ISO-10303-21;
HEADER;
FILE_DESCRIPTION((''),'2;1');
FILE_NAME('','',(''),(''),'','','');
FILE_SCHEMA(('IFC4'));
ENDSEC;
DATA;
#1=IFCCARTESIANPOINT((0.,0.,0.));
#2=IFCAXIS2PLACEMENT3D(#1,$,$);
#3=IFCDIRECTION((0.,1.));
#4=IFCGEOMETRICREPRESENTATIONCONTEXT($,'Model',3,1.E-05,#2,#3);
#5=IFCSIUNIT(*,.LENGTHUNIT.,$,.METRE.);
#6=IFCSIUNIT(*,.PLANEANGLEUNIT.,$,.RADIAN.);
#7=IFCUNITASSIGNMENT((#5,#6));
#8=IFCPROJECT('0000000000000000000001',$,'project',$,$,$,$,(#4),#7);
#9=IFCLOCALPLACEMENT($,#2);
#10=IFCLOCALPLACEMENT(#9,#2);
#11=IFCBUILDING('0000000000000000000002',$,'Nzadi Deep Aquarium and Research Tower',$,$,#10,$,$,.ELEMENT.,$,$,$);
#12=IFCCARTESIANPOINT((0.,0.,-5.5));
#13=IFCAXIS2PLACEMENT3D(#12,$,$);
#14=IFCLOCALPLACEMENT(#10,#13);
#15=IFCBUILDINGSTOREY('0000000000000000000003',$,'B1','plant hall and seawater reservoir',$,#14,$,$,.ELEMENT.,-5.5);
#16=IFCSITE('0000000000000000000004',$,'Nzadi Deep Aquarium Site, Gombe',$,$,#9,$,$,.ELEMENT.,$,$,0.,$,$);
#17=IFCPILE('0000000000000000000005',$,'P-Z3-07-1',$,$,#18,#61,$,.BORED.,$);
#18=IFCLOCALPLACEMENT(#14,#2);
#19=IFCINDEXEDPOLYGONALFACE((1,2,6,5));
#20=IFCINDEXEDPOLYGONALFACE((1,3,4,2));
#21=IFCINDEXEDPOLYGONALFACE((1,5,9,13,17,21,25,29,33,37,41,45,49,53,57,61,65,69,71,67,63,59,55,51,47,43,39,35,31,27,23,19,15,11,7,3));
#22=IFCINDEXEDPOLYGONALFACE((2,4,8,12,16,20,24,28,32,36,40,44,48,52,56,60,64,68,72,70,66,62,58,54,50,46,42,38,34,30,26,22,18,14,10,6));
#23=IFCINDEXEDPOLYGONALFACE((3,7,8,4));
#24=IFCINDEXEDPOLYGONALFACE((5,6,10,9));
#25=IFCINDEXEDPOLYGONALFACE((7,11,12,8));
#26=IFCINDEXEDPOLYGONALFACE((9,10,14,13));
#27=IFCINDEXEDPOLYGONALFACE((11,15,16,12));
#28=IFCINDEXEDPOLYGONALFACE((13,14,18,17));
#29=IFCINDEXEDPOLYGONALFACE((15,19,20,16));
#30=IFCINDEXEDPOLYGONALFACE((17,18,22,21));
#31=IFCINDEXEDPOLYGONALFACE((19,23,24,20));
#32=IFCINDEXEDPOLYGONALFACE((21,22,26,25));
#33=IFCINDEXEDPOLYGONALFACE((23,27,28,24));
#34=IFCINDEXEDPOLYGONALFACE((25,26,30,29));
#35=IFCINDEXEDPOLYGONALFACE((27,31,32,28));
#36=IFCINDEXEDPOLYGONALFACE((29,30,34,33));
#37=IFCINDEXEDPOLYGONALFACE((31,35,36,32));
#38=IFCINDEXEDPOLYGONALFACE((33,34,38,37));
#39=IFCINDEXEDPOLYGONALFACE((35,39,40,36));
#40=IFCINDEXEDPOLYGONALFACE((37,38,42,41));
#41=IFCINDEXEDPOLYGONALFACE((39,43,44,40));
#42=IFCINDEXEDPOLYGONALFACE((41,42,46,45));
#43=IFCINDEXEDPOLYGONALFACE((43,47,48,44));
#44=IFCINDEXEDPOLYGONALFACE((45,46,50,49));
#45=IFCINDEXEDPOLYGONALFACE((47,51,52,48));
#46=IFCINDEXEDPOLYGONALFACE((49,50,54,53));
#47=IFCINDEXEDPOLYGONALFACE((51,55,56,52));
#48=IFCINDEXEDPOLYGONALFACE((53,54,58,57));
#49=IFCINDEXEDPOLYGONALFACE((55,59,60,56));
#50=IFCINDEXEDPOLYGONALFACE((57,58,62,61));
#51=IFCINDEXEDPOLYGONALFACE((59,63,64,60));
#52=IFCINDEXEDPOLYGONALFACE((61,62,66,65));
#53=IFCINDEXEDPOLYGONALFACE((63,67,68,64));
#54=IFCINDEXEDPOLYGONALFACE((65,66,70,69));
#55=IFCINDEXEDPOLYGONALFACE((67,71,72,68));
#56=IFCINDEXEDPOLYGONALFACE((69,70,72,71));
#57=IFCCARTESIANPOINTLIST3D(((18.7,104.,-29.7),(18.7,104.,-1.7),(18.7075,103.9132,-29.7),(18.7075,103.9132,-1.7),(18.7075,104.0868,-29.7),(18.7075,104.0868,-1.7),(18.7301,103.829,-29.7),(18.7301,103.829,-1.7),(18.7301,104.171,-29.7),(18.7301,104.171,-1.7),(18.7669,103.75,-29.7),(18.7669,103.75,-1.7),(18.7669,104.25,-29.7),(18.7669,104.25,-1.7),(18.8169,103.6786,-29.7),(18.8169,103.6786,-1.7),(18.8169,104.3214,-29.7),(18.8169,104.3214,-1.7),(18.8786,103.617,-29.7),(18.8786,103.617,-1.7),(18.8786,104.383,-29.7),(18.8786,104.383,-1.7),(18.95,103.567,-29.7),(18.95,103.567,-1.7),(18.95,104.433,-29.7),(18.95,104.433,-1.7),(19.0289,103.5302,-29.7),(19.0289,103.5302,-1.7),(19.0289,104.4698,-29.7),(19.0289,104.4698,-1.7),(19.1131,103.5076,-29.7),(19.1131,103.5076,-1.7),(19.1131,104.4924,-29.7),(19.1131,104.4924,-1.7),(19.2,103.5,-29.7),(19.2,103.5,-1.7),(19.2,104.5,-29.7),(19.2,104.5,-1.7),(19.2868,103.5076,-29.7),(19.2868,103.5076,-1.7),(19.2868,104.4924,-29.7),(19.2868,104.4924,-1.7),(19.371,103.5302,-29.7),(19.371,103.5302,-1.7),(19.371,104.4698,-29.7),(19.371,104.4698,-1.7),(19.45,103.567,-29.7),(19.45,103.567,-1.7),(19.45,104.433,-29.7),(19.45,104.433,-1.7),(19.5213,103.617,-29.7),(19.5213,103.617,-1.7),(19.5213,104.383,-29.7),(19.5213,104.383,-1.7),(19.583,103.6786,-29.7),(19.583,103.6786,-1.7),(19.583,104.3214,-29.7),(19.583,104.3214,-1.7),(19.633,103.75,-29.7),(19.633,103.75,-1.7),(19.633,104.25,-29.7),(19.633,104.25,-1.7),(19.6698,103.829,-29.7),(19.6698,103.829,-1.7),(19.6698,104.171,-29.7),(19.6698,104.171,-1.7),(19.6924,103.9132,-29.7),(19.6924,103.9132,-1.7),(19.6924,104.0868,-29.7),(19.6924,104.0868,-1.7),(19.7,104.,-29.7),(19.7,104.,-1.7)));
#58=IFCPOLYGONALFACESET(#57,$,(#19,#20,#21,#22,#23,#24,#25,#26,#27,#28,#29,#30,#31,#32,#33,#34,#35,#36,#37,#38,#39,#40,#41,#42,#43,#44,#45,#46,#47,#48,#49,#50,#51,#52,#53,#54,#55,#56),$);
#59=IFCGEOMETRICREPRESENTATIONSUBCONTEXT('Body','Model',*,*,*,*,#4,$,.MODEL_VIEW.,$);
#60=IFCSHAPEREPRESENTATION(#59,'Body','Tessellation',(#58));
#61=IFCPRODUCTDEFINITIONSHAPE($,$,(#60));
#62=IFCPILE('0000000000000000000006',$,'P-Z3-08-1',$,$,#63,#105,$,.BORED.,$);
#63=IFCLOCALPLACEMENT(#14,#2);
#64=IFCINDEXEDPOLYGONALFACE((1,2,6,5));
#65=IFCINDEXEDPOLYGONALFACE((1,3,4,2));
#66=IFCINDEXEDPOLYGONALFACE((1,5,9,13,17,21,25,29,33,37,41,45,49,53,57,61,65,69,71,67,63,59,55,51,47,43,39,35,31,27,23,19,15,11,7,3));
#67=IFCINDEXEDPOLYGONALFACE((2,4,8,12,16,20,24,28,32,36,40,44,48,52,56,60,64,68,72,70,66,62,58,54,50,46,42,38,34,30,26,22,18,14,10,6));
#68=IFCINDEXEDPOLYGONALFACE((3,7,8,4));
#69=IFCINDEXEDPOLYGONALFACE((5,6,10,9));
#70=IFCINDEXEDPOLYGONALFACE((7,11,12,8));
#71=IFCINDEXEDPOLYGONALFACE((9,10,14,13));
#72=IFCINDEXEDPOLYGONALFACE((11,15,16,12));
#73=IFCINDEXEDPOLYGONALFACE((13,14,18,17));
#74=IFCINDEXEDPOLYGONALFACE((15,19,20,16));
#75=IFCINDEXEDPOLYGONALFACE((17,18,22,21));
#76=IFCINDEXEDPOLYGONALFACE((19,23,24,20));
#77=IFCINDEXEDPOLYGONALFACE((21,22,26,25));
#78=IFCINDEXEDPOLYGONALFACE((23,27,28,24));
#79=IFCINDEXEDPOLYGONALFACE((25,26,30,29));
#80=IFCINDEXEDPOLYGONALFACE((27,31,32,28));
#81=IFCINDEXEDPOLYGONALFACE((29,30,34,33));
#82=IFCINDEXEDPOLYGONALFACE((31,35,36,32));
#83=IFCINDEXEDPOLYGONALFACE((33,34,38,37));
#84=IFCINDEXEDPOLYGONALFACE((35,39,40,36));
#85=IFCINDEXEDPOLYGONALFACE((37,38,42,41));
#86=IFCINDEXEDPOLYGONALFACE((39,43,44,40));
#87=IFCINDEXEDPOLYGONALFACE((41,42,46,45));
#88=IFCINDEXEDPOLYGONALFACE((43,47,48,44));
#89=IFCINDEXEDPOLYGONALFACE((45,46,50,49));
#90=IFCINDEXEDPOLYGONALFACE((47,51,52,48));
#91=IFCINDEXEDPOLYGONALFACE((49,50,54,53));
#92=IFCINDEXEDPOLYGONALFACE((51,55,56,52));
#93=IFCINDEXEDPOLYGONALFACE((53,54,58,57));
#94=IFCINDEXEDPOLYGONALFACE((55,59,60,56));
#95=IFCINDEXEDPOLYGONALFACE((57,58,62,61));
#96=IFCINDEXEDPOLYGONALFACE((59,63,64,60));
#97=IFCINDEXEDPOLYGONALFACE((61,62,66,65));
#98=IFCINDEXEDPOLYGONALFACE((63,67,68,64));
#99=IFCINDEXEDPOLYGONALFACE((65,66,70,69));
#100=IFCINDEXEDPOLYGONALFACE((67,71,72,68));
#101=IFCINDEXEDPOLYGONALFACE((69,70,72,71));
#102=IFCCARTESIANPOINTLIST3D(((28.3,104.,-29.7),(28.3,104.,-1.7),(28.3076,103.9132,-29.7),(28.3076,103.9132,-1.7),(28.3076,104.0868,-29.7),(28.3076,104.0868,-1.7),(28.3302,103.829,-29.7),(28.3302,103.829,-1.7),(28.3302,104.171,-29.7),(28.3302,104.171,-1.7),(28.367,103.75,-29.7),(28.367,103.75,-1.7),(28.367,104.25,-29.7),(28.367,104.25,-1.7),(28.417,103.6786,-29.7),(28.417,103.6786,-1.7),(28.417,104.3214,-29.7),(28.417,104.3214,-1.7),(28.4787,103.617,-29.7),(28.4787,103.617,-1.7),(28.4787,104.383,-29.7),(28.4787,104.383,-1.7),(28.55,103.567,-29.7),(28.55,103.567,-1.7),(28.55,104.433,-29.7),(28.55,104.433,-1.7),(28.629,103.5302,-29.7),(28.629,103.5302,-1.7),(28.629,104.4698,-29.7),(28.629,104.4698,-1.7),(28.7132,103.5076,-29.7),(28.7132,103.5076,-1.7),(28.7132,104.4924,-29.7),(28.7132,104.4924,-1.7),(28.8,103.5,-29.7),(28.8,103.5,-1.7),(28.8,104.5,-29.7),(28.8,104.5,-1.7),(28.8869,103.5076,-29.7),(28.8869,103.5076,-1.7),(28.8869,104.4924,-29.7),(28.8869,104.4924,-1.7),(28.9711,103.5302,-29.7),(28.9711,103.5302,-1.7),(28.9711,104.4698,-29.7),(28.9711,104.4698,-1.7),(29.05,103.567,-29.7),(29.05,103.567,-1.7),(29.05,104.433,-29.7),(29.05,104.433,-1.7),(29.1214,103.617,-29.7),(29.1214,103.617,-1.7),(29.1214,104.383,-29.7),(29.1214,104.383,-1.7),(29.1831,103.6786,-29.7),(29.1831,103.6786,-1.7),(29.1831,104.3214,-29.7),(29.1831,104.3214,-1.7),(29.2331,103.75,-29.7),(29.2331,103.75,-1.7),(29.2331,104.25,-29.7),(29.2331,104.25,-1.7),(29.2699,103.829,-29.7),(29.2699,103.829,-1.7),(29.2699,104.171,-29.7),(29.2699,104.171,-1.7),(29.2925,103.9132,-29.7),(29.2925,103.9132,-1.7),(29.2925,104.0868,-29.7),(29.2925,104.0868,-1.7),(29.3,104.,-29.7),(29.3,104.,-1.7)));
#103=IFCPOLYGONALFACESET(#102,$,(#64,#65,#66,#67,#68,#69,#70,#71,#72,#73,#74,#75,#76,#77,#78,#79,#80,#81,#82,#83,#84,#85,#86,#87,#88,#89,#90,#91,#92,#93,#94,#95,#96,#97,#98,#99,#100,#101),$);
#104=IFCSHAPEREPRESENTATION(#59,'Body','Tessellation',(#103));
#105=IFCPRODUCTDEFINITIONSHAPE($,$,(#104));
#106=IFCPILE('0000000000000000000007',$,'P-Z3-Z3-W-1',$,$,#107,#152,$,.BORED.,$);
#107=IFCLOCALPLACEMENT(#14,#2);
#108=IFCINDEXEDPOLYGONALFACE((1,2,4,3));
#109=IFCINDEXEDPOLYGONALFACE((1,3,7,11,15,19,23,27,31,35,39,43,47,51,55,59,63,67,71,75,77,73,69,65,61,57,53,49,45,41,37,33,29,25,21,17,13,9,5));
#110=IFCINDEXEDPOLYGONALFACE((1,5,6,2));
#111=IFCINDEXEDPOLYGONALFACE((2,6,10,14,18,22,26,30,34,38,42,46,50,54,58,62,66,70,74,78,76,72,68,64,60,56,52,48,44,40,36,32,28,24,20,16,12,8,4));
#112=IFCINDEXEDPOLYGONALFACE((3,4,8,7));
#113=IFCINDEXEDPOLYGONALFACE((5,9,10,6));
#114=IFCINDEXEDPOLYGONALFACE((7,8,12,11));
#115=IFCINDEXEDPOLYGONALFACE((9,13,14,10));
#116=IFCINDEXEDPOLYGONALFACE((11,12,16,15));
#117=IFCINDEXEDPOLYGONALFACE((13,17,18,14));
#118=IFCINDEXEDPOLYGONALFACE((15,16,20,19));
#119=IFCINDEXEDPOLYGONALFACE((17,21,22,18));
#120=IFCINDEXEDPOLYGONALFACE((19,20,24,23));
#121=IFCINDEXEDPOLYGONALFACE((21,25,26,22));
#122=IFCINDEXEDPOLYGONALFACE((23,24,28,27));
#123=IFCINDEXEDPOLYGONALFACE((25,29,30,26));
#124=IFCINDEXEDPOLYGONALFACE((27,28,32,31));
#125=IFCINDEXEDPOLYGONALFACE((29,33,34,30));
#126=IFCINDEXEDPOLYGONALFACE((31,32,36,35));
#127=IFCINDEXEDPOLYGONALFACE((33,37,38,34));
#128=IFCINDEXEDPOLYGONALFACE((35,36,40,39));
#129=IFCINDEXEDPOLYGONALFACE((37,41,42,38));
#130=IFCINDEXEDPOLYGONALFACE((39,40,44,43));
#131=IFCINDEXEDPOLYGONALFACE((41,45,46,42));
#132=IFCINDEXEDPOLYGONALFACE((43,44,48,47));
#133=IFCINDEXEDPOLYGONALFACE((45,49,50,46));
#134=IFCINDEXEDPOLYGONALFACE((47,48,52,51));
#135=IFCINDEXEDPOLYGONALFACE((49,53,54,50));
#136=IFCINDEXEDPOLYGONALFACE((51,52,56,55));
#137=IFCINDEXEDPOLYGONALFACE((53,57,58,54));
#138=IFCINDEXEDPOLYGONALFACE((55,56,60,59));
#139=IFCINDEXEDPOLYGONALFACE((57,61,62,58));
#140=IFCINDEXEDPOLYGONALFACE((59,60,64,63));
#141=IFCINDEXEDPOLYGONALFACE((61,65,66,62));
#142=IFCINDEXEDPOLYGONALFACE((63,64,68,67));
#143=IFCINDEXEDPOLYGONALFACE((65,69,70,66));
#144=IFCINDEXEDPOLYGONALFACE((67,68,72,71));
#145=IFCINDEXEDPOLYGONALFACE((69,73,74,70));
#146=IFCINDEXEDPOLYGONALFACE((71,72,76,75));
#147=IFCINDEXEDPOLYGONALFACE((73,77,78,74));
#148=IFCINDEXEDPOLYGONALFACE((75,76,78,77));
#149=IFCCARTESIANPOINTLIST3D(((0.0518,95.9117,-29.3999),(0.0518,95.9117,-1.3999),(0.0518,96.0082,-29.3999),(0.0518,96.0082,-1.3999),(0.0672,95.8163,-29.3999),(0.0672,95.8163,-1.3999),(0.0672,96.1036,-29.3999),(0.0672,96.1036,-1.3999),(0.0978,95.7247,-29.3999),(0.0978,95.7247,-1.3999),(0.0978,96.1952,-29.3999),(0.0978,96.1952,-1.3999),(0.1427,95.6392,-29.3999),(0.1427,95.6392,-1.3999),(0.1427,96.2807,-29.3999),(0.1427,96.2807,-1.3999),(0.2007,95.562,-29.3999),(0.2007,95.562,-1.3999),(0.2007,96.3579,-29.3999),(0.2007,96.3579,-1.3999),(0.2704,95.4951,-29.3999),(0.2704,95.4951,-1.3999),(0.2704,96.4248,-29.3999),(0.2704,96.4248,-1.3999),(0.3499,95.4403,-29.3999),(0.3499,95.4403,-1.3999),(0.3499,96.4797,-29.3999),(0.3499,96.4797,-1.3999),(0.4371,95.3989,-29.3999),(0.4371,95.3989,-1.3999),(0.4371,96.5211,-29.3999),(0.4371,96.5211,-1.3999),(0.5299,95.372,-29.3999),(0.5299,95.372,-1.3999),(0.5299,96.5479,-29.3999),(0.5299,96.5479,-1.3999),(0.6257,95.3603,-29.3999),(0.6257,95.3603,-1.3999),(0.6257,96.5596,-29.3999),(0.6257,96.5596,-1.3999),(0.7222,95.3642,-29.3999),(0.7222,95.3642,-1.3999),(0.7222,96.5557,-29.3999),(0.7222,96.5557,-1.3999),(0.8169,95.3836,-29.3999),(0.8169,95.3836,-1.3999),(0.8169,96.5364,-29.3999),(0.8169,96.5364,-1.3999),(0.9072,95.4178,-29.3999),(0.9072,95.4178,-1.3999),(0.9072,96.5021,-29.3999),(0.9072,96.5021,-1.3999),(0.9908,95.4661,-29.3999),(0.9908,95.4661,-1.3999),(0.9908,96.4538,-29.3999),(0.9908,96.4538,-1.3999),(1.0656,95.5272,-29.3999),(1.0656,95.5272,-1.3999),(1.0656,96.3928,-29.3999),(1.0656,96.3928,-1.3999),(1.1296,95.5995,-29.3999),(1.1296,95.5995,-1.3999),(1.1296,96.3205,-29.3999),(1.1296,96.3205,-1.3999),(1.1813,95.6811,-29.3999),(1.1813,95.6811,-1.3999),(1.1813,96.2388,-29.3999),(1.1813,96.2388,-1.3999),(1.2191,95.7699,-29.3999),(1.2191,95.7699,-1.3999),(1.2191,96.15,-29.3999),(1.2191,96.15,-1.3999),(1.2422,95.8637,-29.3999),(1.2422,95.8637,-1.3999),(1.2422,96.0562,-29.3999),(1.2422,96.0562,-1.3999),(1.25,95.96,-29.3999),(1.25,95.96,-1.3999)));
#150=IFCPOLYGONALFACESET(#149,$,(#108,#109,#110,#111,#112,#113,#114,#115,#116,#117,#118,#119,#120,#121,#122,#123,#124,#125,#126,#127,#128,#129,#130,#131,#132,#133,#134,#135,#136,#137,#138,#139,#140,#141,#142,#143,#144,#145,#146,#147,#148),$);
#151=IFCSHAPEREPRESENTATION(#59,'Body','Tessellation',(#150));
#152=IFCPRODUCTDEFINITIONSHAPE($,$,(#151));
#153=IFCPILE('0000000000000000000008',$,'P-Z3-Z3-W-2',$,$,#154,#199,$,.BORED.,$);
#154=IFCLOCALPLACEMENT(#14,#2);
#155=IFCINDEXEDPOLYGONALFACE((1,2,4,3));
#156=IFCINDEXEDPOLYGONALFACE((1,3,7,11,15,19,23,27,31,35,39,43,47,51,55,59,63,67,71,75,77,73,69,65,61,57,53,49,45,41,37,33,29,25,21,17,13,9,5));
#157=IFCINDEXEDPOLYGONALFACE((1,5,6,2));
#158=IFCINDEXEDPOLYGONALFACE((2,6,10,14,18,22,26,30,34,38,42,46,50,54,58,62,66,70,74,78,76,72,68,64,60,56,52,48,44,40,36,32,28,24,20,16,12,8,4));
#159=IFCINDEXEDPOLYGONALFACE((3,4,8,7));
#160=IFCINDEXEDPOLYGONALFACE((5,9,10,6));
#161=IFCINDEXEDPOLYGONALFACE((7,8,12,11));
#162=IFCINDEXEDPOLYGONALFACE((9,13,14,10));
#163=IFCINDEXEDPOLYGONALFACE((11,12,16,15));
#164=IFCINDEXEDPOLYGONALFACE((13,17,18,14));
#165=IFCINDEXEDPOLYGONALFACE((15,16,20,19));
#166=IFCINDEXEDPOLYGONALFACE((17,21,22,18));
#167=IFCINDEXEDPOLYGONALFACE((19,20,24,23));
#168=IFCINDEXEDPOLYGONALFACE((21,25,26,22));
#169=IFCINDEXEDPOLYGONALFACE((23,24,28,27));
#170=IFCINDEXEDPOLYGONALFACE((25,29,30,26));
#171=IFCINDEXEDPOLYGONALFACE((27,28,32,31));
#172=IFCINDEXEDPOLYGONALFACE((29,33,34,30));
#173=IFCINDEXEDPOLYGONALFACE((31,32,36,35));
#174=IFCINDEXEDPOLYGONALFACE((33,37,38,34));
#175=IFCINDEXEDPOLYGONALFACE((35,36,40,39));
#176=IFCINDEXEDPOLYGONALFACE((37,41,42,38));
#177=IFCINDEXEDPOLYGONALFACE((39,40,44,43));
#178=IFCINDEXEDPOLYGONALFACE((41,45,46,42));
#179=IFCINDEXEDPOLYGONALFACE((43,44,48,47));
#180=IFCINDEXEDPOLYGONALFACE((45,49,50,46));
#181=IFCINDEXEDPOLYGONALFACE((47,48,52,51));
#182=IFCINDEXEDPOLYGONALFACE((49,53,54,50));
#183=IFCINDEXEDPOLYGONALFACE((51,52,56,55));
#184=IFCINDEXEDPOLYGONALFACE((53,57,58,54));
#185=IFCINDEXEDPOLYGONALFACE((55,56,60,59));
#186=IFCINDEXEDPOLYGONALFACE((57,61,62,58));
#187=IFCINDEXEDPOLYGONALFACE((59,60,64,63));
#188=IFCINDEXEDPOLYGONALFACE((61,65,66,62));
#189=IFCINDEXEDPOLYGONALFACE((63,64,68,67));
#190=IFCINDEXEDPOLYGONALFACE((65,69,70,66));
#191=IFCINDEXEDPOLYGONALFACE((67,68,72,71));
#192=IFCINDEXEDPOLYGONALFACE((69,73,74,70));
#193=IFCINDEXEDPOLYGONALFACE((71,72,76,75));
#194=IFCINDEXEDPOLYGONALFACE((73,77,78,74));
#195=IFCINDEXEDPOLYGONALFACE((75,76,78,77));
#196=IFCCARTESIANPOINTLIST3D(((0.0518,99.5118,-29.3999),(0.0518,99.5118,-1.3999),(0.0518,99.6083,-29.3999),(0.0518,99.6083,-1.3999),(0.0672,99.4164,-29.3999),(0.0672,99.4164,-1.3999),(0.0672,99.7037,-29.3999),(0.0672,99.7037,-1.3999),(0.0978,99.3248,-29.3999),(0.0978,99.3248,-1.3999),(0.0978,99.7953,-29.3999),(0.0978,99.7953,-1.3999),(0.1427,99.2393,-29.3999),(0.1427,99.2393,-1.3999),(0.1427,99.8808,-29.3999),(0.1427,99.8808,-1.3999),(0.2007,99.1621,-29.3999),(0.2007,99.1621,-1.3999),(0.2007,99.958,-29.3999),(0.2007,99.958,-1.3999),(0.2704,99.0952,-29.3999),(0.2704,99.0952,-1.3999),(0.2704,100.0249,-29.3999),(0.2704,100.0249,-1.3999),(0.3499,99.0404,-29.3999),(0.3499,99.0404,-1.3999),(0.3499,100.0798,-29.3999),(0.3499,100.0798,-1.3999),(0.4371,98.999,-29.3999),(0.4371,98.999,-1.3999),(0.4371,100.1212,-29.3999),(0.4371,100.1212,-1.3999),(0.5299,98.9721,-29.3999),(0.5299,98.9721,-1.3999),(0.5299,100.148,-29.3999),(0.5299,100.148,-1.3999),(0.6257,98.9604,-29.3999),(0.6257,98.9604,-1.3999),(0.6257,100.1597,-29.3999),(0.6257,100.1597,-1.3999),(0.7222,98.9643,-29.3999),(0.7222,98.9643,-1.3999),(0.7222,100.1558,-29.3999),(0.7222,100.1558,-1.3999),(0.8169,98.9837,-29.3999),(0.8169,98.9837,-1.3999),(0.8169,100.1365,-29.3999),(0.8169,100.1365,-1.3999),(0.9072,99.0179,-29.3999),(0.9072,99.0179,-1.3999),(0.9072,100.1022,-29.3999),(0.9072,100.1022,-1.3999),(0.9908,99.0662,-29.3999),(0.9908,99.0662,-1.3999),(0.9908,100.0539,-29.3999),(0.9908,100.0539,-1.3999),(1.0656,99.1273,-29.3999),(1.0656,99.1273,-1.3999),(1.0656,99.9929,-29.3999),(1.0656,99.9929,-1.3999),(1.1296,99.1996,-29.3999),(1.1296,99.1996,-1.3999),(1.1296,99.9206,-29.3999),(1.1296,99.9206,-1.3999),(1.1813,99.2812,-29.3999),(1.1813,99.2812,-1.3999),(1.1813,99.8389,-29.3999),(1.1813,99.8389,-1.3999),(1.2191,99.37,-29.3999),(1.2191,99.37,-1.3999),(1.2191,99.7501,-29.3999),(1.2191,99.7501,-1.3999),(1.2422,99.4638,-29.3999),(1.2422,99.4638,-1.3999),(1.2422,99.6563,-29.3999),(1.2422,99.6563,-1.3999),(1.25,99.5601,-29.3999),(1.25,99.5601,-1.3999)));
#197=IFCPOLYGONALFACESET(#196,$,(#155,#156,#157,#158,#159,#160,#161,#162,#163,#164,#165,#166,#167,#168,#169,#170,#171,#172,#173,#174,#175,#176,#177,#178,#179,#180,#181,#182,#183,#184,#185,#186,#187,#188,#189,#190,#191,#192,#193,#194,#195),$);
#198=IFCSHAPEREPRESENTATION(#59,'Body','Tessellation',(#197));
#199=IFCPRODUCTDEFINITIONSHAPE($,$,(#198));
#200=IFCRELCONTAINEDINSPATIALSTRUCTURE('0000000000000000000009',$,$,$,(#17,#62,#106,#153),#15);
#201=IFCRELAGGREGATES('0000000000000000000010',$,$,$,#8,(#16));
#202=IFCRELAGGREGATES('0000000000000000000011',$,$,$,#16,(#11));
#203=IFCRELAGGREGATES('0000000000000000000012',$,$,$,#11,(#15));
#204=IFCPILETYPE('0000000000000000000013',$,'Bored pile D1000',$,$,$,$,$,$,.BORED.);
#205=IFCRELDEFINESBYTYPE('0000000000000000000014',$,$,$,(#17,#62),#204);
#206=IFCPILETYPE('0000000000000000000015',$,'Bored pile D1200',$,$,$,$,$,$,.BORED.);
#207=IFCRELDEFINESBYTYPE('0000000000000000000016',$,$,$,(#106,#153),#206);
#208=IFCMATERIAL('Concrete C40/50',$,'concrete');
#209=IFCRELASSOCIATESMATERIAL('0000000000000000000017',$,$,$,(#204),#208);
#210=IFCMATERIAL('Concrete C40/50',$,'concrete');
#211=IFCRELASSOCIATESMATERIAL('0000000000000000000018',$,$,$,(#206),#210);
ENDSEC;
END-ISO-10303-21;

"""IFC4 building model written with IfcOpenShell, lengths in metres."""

from ifc_helpers import new_model, si_unit, direction, frame, origin, origin_2d, place, context, subcontext, project, spatial, circle, extrude, material, material_profile, profile_set, type_object, element, save


model = new_model("IFC4")

# Units and contexts
model_context = context("Model", 3, precision=1e-05, world=origin(), true_north=direction((0.0, 1.0)))
body_context = subcontext(model_context, "Body", "Model", "MODEL_VIEW")
ifc_project = project(units=[si_unit("LENGTHUNIT", "METRE"), si_unit("PLANEANGLEUNIT", "RADIAN")], contexts=[model_context])

# Site, building, storey
site_placement = place(None, origin())
site = spatial("IfcSite", under=ifc_project, at=site_placement, Name="Nzadi Deep Aquarium Site, Gombe", CompositionType="ELEMENT", RefElevation=0.0)
building_placement = place(site_placement, origin())
building = spatial("IfcBuilding", under=site, at=building_placement, Name="Nzadi Deep Aquarium and Research Tower", CompositionType="ELEMENT")
storey_placement = place(building_placement, frame((0.0, 0.0, -5.5)))
storey = spatial("IfcBuildingStorey", under=building, at=storey_placement, Name="B1", Description="plant hall and seawater reservoir", CompositionType="ELEMENT", Elevation=-5.5)

# Piles
ifc_material_1 = material(Name="Concrete C40/50", Category="concrete")
ifc_material_profile_1 = material_profile(ifc_material_1, circle(Radius=0.5, at=origin_2d()))
ifc_profile_set_1 = profile_set([ifc_material_profile_1], Name="Concrete C40/50")
pile_type_1 = type_object("IfcPileType", Name="Bored pile D1000", PredefinedType="BORED", material=ifc_profile_set_1)
for number, where, z_axis, x_axis, name in (
    (1, (19.2, 104.0, -1.7), (0.0, 0.0, -1.0), (1.0, 0.0, 0.0), "P-Z3-07-1"),
    (2, (28.8, 104.0, -1.7), (0.0, 0.0, -1.0), (1.0, 0.0, 0.0), "P-Z3-08-1"),
):
    element("IfcPile", number, at=place(storey_placement, frame(where, z_axis=z_axis, x_axis=x_axis)), inside=storey, type_object=pile_type_1, Name=name, PredefinedType="BORED", context=body_context, shape_type="SweptSolid", body=[
        extrude(circle(Radius=0.5, at=origin_2d()), origin(), (0.0, 0.0, 1.0), 28.0),
    ])
ifc_material_2 = material(Name="Concrete C40/50", Category="concrete")
ifc_material_profile_2 = material_profile(ifc_material_2, circle(Radius=0.6001, at=origin_2d()))
ifc_profile_set_2 = profile_set([ifc_material_profile_2], Name="Concrete C40/50")
pile_type_2 = type_object("IfcPileType", Name="Bored pile D1200", PredefinedType="BORED", material=ifc_profile_set_2)
for number, where, z_axis, x_axis, name in (
    (3, (0.6499, 95.96, -1.3999), (0.0, 0.0, -1.0), (1.0, 0.0, 0.0), "P-Z3-Z3-W-1"),
    (4, (0.6499, 99.5601, -1.3999), (0.0, 0.0, -1.0), (1.0, 0.0, 0.0), "P-Z3-Z3-W-2"),
):
    element("IfcPile", number, at=place(storey_placement, frame(where, z_axis=z_axis, x_axis=x_axis)), inside=storey, type_object=pile_type_2, Name=name, PredefinedType="BORED", context=body_context, shape_type="SweptSolid", body=[
        extrude(circle(Radius=0.6001, at=origin_2d()), origin(), (0.0, 0.0, 1.0), 28.0),
    ])

save(model, "model.ifc")
